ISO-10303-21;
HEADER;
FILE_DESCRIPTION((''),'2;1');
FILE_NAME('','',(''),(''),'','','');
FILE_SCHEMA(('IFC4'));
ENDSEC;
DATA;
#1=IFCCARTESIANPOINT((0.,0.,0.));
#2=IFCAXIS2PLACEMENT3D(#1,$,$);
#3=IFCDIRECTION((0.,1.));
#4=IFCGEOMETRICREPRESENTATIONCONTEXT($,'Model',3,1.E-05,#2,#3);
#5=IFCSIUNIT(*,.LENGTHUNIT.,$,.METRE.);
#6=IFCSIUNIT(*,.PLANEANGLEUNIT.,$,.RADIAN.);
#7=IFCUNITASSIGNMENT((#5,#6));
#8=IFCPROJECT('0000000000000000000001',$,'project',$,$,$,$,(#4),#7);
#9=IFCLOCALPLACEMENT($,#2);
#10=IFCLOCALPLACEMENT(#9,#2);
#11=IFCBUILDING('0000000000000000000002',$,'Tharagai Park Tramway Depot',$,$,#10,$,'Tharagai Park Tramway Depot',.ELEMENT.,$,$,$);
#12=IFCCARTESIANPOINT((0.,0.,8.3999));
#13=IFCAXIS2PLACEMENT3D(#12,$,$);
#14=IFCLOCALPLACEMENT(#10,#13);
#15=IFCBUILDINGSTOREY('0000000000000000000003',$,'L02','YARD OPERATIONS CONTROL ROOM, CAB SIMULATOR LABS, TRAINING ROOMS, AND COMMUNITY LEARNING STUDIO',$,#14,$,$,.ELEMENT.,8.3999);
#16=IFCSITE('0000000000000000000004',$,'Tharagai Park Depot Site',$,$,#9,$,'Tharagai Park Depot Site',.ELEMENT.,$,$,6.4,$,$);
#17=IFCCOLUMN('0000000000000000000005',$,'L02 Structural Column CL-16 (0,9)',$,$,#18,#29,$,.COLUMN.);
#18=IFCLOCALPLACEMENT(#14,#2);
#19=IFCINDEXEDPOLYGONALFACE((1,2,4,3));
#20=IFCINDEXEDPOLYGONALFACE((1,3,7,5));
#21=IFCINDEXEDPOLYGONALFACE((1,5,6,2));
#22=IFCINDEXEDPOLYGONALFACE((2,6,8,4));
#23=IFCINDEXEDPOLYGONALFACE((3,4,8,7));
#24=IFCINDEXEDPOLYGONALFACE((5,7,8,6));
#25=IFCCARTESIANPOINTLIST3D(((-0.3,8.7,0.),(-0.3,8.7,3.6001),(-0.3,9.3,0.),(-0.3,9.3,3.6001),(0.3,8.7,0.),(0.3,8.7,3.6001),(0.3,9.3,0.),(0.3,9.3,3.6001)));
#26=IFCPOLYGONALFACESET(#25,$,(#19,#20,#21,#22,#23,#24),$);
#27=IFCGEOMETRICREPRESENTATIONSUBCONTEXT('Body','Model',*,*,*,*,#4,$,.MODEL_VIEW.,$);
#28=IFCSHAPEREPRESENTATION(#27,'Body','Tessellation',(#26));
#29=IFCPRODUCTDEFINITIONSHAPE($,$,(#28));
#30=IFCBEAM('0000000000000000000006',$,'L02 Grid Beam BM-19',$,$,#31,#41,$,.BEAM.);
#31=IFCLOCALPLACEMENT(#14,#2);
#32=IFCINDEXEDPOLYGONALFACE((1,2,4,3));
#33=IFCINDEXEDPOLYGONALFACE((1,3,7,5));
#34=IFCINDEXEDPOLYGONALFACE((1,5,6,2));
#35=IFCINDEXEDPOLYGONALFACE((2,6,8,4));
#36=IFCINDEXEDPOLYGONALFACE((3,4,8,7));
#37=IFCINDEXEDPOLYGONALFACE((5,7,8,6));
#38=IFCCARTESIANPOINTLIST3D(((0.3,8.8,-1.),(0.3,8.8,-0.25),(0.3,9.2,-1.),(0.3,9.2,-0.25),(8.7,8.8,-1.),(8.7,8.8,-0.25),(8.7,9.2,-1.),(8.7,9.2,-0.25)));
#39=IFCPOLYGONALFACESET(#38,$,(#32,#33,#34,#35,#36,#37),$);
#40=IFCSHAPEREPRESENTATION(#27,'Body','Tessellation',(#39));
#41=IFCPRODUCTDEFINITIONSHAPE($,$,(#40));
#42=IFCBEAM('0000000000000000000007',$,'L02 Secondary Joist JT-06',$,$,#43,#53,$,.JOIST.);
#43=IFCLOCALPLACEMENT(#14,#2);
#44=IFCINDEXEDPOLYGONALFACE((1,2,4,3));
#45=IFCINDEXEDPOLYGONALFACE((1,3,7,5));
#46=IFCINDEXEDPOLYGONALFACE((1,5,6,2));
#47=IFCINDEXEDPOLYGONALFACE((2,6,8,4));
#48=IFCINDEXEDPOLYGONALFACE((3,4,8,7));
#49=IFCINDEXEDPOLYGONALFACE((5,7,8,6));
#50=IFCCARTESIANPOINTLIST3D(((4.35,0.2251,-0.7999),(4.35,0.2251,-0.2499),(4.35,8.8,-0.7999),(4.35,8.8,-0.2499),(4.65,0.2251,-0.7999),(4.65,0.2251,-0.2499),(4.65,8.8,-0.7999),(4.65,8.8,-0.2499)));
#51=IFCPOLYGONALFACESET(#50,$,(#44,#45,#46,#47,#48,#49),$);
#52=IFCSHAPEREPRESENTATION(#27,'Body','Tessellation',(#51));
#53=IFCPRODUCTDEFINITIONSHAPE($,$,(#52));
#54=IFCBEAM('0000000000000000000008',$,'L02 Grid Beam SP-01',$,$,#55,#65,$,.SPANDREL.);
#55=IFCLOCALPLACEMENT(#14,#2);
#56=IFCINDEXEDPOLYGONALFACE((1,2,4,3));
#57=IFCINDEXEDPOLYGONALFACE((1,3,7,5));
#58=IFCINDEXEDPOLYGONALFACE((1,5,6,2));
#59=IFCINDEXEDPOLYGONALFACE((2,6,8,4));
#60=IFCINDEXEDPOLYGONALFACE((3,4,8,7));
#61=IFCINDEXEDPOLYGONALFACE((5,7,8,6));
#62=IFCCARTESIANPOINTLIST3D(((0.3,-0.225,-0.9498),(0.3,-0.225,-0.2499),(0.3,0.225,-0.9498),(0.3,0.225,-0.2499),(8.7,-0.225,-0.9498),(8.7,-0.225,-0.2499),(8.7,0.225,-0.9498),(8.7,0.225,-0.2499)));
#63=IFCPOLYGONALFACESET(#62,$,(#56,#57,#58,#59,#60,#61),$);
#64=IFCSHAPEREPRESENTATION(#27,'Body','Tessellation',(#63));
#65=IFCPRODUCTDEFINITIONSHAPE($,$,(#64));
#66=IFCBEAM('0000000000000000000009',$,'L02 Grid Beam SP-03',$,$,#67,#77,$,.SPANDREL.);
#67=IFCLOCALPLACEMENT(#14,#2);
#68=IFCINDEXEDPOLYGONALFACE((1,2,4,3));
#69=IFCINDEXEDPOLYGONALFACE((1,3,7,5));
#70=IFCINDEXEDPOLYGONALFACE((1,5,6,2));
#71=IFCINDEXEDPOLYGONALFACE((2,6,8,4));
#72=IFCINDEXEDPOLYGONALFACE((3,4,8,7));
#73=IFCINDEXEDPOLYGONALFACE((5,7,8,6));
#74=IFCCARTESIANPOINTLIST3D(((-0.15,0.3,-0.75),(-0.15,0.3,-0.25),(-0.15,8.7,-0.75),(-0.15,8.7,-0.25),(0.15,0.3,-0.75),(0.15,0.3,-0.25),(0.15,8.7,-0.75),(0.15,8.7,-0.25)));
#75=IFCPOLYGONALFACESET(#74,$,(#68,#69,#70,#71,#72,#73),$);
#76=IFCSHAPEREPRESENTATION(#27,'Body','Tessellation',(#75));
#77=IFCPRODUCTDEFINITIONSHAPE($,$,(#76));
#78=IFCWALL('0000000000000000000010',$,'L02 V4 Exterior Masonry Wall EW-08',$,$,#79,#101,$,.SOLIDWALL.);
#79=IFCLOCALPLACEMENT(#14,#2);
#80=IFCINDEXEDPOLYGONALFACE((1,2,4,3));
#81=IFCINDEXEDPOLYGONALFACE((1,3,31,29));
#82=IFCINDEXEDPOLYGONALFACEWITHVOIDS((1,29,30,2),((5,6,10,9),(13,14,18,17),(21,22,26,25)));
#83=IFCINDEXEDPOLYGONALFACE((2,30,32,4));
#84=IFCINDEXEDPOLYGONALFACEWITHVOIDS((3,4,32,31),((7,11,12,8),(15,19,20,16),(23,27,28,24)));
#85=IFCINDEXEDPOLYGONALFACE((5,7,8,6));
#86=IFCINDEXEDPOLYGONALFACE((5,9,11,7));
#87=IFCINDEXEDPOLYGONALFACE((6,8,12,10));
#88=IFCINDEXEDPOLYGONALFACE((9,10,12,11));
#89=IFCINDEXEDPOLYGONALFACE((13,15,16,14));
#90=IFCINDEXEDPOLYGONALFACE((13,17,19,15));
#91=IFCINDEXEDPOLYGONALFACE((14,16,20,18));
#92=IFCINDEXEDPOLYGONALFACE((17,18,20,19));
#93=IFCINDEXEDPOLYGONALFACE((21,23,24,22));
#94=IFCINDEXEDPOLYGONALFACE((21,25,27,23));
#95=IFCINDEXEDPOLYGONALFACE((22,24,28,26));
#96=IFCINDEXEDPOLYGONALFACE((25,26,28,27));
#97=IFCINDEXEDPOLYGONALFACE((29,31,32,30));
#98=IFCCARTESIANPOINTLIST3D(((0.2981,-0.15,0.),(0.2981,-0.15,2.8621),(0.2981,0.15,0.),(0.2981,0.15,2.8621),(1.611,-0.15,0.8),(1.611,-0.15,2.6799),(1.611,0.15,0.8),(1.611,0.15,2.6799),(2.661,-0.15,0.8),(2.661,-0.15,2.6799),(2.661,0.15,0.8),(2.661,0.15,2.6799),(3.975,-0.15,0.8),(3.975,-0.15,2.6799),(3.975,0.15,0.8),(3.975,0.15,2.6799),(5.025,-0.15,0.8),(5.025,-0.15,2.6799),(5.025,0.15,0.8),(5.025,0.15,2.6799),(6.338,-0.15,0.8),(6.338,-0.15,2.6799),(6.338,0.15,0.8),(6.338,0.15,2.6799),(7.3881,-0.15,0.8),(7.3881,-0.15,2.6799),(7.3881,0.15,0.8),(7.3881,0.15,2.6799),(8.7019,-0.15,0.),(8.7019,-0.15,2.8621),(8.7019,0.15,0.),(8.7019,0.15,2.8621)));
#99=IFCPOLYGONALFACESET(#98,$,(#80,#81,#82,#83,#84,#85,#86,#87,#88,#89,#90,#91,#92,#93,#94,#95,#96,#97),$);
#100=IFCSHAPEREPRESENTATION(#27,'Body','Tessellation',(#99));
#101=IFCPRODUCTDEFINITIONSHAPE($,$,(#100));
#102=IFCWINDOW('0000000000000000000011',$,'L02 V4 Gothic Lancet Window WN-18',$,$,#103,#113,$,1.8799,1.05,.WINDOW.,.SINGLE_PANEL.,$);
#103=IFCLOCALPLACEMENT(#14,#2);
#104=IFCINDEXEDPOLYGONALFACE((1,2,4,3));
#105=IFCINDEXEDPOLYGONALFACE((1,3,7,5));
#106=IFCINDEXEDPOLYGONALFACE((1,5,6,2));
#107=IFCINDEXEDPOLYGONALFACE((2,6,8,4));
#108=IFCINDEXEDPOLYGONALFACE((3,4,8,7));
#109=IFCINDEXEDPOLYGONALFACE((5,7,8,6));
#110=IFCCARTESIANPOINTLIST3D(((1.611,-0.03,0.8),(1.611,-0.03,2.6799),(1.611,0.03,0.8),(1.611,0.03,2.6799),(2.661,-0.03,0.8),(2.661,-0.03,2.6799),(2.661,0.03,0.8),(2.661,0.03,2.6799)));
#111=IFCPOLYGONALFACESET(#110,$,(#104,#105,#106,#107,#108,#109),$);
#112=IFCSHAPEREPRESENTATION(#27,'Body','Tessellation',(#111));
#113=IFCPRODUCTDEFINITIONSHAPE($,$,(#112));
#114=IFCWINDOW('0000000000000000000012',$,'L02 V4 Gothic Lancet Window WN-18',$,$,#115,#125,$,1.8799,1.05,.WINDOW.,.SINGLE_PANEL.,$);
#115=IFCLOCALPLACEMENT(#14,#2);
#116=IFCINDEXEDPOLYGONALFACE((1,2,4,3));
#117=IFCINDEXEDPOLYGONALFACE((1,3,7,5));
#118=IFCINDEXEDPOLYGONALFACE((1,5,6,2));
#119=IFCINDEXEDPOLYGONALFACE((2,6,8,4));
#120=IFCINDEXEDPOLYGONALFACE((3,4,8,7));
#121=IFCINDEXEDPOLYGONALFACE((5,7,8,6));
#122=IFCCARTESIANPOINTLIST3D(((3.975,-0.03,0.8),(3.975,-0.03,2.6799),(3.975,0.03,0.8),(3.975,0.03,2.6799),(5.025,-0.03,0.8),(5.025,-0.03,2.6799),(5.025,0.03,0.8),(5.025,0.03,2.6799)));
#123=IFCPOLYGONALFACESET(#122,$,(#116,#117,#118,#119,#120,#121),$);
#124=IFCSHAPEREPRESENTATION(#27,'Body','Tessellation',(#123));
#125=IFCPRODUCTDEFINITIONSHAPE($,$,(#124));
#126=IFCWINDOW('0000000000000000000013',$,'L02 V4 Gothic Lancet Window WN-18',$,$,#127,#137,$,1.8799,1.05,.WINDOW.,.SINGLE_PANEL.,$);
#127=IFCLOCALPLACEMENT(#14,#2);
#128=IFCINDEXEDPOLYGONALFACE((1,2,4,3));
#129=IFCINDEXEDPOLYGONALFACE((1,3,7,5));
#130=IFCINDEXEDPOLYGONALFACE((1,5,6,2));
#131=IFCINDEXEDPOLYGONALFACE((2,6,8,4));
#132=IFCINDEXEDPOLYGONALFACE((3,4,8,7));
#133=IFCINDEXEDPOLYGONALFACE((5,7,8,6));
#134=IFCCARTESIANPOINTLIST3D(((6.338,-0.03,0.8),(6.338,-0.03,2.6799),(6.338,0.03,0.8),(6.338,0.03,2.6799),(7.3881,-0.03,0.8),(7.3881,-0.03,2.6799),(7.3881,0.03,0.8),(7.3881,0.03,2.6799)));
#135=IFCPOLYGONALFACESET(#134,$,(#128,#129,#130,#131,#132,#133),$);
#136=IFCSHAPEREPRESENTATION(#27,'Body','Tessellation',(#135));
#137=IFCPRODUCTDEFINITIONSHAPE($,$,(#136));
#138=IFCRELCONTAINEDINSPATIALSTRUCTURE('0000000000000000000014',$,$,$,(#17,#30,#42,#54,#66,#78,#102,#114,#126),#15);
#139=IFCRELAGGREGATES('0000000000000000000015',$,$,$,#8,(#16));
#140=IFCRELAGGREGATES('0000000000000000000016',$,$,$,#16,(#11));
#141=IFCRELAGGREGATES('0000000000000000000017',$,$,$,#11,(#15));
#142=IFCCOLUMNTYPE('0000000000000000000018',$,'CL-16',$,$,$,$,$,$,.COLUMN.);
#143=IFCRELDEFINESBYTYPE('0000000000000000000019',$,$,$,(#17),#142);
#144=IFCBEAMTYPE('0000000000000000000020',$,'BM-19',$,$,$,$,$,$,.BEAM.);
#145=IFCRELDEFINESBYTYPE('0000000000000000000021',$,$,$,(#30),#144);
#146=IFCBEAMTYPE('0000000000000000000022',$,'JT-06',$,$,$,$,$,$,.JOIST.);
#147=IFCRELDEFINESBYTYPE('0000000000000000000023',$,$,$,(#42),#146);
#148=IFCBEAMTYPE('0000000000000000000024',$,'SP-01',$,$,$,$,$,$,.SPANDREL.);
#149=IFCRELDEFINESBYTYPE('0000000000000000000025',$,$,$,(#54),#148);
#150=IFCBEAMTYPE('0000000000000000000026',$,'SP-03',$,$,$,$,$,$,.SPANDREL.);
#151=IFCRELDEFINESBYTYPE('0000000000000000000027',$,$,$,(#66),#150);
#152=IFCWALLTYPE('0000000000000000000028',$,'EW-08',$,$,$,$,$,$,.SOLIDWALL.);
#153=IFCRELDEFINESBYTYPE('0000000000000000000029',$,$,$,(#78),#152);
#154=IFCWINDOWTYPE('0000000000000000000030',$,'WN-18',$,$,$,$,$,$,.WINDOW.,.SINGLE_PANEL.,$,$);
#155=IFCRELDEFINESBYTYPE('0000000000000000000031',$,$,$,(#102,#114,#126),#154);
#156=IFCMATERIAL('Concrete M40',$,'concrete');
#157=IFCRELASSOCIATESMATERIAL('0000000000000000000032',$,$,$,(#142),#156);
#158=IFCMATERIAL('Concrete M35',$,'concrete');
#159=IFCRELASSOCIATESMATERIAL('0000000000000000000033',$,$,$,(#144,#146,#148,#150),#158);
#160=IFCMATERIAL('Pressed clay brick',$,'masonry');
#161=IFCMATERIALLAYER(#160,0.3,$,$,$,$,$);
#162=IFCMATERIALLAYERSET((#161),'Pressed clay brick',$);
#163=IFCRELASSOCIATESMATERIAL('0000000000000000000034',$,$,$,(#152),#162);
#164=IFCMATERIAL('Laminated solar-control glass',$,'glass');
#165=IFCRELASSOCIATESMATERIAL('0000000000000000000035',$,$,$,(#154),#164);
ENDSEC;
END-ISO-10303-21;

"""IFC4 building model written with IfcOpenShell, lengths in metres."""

from ifc_helpers import new_model, si_unit, direction, frame, frame_2d, origin, origin_2d, place, context, subcontext, project, spatial, rectangle, extrude, material, layer, layer_set, material_profile, profile_set, type_object, element, fill, save


model = new_model("IFC4")

# Units and contexts
model_context = context("Model", 3, precision=1e-05, world=origin(), true_north=direction((0.0, 1.0)))
body_context = subcontext(model_context, "Body", "Model", "MODEL_VIEW")
ifc_project = project(units=[si_unit("LENGTHUNIT", "METRE"), si_unit("PLANEANGLEUNIT", "RADIAN")], contexts=[model_context])

# Site, building, storey
site_placement = place(None, origin())
site = spatial("IfcSite", under=ifc_project, at=site_placement, Name="Tharagai Park Depot Site", LongName="Tharagai Park Depot Site", CompositionType="ELEMENT", RefElevation=6.4)
building_placement = place(site_placement, origin())
building = spatial("IfcBuilding", under=site, at=building_placement, Name="Tharagai Park Tramway Depot", LongName="Tharagai Park Tramway Depot", CompositionType="ELEMENT")
storey_placement = place(building_placement, frame((0.0, 0.0, 8.3999)))
storey = spatial("IfcBuildingStorey", under=building, at=storey_placement, Name="L02", Description="YARD OPERATIONS CONTROL ROOM, CAB SIMULATOR LABS, TRAINING ROOMS, AND COMMUNITY LEARNING STUDIO", CompositionType="ELEMENT", Elevation=8.3999)

# Column
ifc_material_1 = material(Name="Concrete M40", Category="concrete")
ifc_material_profile_1 = material_profile(ifc_material_1, rectangle(XDim=0.6001, YDim=0.6001, at=origin_2d()), Name="RC 600x600")
ifc_profile_set_1 = profile_set([ifc_material_profile_1], Name="Concrete M40")
column_type = type_object("IfcColumnType", Name="CL-16", PredefinedType="COLUMN", material=ifc_profile_set_1)
column_placement = place(storey_placement, frame((0.0, 9.0, 0.0), z_axis=(0.0, 0.0, 1.0), x_axis=(1.0, 0.0, 0.0)))
element("IfcColumn", 1, at=column_placement, inside=storey, type_object=column_type, Name="L02 Structural Column CL-16 (0,9)", PredefinedType="COLUMN", context=body_context, shape_type="SweptSolid", body=[
    extrude(rectangle(XDim=0.6001, YDim=0.6001, at=origin_2d()), origin(), (0.0, 0.0, 1.0), 3.6001),
])

# Beams
ifc_material_2 = material(Name="Concrete M35", Category="concrete")
ifc_material_profile_2 = material_profile(ifc_material_2, rectangle(XDim=0.3999, YDim=0.75, at=origin_2d()), Name="RC 400x750")
ifc_profile_set_2 = profile_set([ifc_material_profile_2], Name="Concrete M35")
beam_type_1 = type_object("IfcBeamType", Name="BM-19", PredefinedType="BEAM", material=ifc_profile_set_2)
beam_1_placement = place(storey_placement, frame((0.3, 9.0, -0.625), z_axis=(1.0, 0.0, 0.0), x_axis=(0.0, 1.0, 0.0)))
element("IfcBeam", 2, at=beam_1_placement, inside=storey, type_object=beam_type_1, Name="L02 Grid Beam BM-19", PredefinedType="BEAM", context=body_context, shape_type="SweptSolid", body=[
    extrude(rectangle(XDim=0.3999, YDim=0.75, at=origin_2d()), origin(), (0.0, 0.0, 1.0), 8.3999),
])
ifc_material_profile_3 = material_profile(ifc_material_2, rectangle(XDim=0.3, YDim=0.55, at=origin_2d()), Name="RC 300x550")
ifc_profile_set_3 = profile_set([ifc_material_profile_3], Name="Concrete M35")
beam_type_2 = type_object("IfcBeamType", Name="JT-06", PredefinedType="JOIST", material=ifc_profile_set_3)
beam_2_placement = place(storey_placement, frame((4.5, 0.2251, -0.5249), z_axis=(0.0, 1.0, 0.0), x_axis=(-1.0, 0.0, 0.0)))
element("IfcBeam", 3, at=beam_2_placement, inside=storey, type_object=beam_type_2, Name="L02 Secondary Joist JT-06", PredefinedType="JOIST", context=body_context, shape_type="SweptSolid", body=[
    extrude(rectangle(XDim=0.3, YDim=0.55, at=origin_2d()), origin(), (0.0, 0.0, 1.0), 8.575),
])
ifc_material_profile_4 = material_profile(ifc_material_2, rectangle(XDim=0.45, YDim=0.7, at=origin_2d()), Name="RC 450x700")
ifc_profile_set_4 = profile_set([ifc_material_profile_4], Name="Concrete M35")
beam_type_3 = type_object("IfcBeamType", Name="SP-01", PredefinedType="SPANDREL", material=ifc_profile_set_4)
beam_3_placement = place(storey_placement, frame((0.3, 0.0, -0.5999), z_axis=(1.0, 0.0, 0.0), x_axis=(0.0, 1.0, 0.0)))
element("IfcBeam", 4, at=beam_3_placement, inside=storey, type_object=beam_type_3, Name="L02 Grid Beam SP-01", PredefinedType="SPANDREL", context=body_context, shape_type="SweptSolid", body=[
    extrude(rectangle(XDim=0.45, YDim=0.7, at=origin_2d()), origin(), (0.0, 0.0, 1.0), 8.3999),
])
ifc_material_profile_5 = material_profile(ifc_material_2, rectangle(XDim=0.3, YDim=0.5, at=origin_2d()), Name="RC 300x500")
ifc_profile_set_5 = profile_set([ifc_material_profile_5], Name="Concrete M35")
beam_type_4 = type_object("IfcBeamType", Name="SP-03", PredefinedType="SPANDREL", material=ifc_profile_set_5)
beam_4_placement = place(storey_placement, frame((0.0, 0.3, -0.5), z_axis=(0.0, 1.0, 0.0), x_axis=(-1.0, 0.0, 0.0)))
element("IfcBeam", 5, at=beam_4_placement, inside=storey, type_object=beam_type_4, Name="L02 Grid Beam SP-03", PredefinedType="SPANDREL", context=body_context, shape_type="SweptSolid", body=[
    extrude(rectangle(XDim=0.3, YDim=0.5, at=origin_2d()), origin(), (0.0, 0.0, 1.0), 8.3999),
])

# Wall, openings, windows
ifc_material_3 = material(Name="Pressed clay brick", Category="masonry")
ifc_layer_1 = layer(ifc_material_3, 0.3)
ifc_layer_set_1 = layer_set([ifc_layer_1], Name="Pressed clay brick")
wall_type_1 = type_object("IfcWallType", Name="EW-08", PredefinedType="SOLIDWALL", material=ifc_layer_set_1)
wall_1_placement = place(storey_placement, frame((0.2981, 0.0, 0.0), z_axis=(0.0, 0.0, 1.0), x_axis=(1.0, 0.0, 0.0)))
wall_1 = element("IfcWall", 6, at=wall_1_placement, inside=storey, type_object=wall_type_1, Name="L02 V4 Exterior Masonry Wall EW-08", PredefinedType="SOLIDWALL", context=body_context, shape_type="SweptSolid", body=[
    extrude(rectangle(XDim=8.4038, YDim=0.3, at=frame_2d((4.2019, 0.0))), origin(), (0.0, 0.0, 1.0), 2.8621),
])
opening_1_placement = place(wall_1_placement, frame((1.313, 0.0, 0.8)))
opening_1 = element("IfcOpeningElement", 7, at=opening_1_placement, cuts=wall_1, PredefinedType="OPENING", context=body_context, shape_type="SweptSolid", body=[
    extrude(rectangle(XDim=1.05, YDim=1.8799, at=frame_2d((0.5249, 0.9399))), frame((0.0, 0.1599, 0.0), z_axis=(0.0, -1.0, 0.0), x_axis=(1.0, 0.0, 0.0)), (0.0, 0.0, 1.0), 0.3201),
])
opening_2_placement = place(wall_1_placement, frame((3.677, 0.0, 0.8)))
opening_2 = element("IfcOpeningElement", 8, at=opening_2_placement, cuts=wall_1, PredefinedType="OPENING", context=body_context, shape_type="SweptSolid", body=[
    extrude(rectangle(XDim=1.05, YDim=1.8799, at=frame_2d((0.5249, 0.9399))), frame((0.0, 0.1599, 0.0), z_axis=(0.0, -1.0, 0.0), x_axis=(1.0, 0.0, 0.0)), (0.0, 0.0, 1.0), 0.3201),
])
opening_3_placement = place(wall_1_placement, frame((6.04, 0.0, 0.8)))
opening_3 = element("IfcOpeningElement", 9, at=opening_3_placement, cuts=wall_1, PredefinedType="OPENING", context=body_context, shape_type="SweptSolid", body=[
    extrude(rectangle(XDim=1.05, YDim=1.8799, at=frame_2d((0.5249, 0.9399))), frame((0.0, 0.1599, 0.0), z_axis=(0.0, -1.0, 0.0), x_axis=(1.0, 0.0, 0.0)), (0.0, 0.0, 1.0), 0.3201),
])
ifc_material_4 = material(Name="Laminated solar-control glass", Category="glass")
window_type_1 = type_object("IfcWindowType", Name="WN-18", PartitioningType="SINGLE_PANEL", PredefinedType="WINDOW", material=ifc_material_4)
window_1_placement = place(opening_1_placement, origin())
window_1 = element("IfcWindow", 10, at=window_1_placement, inside=storey, type_object=window_type_1, Name="L02 V4 Gothic Lancet Window WN-18", OverallHeight=1.8799, OverallWidth=1.05, PartitioningType="SINGLE_PANEL", PredefinedType="WINDOW", context=body_context, shape_type="SweptSolid", body=[
    extrude(rectangle(XDim=1.05, YDim=1.8799, at=frame_2d((0.5249, 0.9399))), frame((0.0, 0.03, 0.0), z_axis=(0.0, -1.0, 0.0), x_axis=(1.0, 0.0, 0.0)), (0.0, 0.0, 1.0), 0.0601),
])
fill(opening_1, window_1)
window_2_placement = place(opening_2_placement, origin())
window_2 = element("IfcWindow", 11, at=window_2_placement, inside=storey, type_object=window_type_1, Name="L02 V4 Gothic Lancet Window WN-18", OverallHeight=1.8799, OverallWidth=1.05, PartitioningType="SINGLE_PANEL", PredefinedType="WINDOW", context=body_context, shape_type="SweptSolid", body=[
    extrude(rectangle(XDim=1.05, YDim=1.8799, at=frame_2d((0.5249, 0.9399))), frame((0.0, 0.03, 0.0), z_axis=(0.0, -1.0, 0.0), x_axis=(1.0, 0.0, 0.0)), (0.0, 0.0, 1.0), 0.0601),
])
fill(opening_2, window_2)
window_3_placement = place(opening_3_placement, origin())
window_3 = element("IfcWindow", 12, at=window_3_placement, inside=storey, type_object=window_type_1, Name="L02 V4 Gothic Lancet Window WN-18", OverallHeight=1.8799, OverallWidth=1.05, PartitioningType="SINGLE_PANEL", PredefinedType="WINDOW", context=body_context, shape_type="SweptSolid", body=[
    extrude(rectangle(XDim=1.05, YDim=1.8799, at=frame_2d((0.5249, 0.9399))), frame((0.0, 0.03, 0.0), z_axis=(0.0, -1.0, 0.0), x_axis=(1.0, 0.0, 0.0)), (0.0, 0.0, 1.0), 0.0601),
])
fill(opening_3, window_3)

save(model, "model.ifc")
